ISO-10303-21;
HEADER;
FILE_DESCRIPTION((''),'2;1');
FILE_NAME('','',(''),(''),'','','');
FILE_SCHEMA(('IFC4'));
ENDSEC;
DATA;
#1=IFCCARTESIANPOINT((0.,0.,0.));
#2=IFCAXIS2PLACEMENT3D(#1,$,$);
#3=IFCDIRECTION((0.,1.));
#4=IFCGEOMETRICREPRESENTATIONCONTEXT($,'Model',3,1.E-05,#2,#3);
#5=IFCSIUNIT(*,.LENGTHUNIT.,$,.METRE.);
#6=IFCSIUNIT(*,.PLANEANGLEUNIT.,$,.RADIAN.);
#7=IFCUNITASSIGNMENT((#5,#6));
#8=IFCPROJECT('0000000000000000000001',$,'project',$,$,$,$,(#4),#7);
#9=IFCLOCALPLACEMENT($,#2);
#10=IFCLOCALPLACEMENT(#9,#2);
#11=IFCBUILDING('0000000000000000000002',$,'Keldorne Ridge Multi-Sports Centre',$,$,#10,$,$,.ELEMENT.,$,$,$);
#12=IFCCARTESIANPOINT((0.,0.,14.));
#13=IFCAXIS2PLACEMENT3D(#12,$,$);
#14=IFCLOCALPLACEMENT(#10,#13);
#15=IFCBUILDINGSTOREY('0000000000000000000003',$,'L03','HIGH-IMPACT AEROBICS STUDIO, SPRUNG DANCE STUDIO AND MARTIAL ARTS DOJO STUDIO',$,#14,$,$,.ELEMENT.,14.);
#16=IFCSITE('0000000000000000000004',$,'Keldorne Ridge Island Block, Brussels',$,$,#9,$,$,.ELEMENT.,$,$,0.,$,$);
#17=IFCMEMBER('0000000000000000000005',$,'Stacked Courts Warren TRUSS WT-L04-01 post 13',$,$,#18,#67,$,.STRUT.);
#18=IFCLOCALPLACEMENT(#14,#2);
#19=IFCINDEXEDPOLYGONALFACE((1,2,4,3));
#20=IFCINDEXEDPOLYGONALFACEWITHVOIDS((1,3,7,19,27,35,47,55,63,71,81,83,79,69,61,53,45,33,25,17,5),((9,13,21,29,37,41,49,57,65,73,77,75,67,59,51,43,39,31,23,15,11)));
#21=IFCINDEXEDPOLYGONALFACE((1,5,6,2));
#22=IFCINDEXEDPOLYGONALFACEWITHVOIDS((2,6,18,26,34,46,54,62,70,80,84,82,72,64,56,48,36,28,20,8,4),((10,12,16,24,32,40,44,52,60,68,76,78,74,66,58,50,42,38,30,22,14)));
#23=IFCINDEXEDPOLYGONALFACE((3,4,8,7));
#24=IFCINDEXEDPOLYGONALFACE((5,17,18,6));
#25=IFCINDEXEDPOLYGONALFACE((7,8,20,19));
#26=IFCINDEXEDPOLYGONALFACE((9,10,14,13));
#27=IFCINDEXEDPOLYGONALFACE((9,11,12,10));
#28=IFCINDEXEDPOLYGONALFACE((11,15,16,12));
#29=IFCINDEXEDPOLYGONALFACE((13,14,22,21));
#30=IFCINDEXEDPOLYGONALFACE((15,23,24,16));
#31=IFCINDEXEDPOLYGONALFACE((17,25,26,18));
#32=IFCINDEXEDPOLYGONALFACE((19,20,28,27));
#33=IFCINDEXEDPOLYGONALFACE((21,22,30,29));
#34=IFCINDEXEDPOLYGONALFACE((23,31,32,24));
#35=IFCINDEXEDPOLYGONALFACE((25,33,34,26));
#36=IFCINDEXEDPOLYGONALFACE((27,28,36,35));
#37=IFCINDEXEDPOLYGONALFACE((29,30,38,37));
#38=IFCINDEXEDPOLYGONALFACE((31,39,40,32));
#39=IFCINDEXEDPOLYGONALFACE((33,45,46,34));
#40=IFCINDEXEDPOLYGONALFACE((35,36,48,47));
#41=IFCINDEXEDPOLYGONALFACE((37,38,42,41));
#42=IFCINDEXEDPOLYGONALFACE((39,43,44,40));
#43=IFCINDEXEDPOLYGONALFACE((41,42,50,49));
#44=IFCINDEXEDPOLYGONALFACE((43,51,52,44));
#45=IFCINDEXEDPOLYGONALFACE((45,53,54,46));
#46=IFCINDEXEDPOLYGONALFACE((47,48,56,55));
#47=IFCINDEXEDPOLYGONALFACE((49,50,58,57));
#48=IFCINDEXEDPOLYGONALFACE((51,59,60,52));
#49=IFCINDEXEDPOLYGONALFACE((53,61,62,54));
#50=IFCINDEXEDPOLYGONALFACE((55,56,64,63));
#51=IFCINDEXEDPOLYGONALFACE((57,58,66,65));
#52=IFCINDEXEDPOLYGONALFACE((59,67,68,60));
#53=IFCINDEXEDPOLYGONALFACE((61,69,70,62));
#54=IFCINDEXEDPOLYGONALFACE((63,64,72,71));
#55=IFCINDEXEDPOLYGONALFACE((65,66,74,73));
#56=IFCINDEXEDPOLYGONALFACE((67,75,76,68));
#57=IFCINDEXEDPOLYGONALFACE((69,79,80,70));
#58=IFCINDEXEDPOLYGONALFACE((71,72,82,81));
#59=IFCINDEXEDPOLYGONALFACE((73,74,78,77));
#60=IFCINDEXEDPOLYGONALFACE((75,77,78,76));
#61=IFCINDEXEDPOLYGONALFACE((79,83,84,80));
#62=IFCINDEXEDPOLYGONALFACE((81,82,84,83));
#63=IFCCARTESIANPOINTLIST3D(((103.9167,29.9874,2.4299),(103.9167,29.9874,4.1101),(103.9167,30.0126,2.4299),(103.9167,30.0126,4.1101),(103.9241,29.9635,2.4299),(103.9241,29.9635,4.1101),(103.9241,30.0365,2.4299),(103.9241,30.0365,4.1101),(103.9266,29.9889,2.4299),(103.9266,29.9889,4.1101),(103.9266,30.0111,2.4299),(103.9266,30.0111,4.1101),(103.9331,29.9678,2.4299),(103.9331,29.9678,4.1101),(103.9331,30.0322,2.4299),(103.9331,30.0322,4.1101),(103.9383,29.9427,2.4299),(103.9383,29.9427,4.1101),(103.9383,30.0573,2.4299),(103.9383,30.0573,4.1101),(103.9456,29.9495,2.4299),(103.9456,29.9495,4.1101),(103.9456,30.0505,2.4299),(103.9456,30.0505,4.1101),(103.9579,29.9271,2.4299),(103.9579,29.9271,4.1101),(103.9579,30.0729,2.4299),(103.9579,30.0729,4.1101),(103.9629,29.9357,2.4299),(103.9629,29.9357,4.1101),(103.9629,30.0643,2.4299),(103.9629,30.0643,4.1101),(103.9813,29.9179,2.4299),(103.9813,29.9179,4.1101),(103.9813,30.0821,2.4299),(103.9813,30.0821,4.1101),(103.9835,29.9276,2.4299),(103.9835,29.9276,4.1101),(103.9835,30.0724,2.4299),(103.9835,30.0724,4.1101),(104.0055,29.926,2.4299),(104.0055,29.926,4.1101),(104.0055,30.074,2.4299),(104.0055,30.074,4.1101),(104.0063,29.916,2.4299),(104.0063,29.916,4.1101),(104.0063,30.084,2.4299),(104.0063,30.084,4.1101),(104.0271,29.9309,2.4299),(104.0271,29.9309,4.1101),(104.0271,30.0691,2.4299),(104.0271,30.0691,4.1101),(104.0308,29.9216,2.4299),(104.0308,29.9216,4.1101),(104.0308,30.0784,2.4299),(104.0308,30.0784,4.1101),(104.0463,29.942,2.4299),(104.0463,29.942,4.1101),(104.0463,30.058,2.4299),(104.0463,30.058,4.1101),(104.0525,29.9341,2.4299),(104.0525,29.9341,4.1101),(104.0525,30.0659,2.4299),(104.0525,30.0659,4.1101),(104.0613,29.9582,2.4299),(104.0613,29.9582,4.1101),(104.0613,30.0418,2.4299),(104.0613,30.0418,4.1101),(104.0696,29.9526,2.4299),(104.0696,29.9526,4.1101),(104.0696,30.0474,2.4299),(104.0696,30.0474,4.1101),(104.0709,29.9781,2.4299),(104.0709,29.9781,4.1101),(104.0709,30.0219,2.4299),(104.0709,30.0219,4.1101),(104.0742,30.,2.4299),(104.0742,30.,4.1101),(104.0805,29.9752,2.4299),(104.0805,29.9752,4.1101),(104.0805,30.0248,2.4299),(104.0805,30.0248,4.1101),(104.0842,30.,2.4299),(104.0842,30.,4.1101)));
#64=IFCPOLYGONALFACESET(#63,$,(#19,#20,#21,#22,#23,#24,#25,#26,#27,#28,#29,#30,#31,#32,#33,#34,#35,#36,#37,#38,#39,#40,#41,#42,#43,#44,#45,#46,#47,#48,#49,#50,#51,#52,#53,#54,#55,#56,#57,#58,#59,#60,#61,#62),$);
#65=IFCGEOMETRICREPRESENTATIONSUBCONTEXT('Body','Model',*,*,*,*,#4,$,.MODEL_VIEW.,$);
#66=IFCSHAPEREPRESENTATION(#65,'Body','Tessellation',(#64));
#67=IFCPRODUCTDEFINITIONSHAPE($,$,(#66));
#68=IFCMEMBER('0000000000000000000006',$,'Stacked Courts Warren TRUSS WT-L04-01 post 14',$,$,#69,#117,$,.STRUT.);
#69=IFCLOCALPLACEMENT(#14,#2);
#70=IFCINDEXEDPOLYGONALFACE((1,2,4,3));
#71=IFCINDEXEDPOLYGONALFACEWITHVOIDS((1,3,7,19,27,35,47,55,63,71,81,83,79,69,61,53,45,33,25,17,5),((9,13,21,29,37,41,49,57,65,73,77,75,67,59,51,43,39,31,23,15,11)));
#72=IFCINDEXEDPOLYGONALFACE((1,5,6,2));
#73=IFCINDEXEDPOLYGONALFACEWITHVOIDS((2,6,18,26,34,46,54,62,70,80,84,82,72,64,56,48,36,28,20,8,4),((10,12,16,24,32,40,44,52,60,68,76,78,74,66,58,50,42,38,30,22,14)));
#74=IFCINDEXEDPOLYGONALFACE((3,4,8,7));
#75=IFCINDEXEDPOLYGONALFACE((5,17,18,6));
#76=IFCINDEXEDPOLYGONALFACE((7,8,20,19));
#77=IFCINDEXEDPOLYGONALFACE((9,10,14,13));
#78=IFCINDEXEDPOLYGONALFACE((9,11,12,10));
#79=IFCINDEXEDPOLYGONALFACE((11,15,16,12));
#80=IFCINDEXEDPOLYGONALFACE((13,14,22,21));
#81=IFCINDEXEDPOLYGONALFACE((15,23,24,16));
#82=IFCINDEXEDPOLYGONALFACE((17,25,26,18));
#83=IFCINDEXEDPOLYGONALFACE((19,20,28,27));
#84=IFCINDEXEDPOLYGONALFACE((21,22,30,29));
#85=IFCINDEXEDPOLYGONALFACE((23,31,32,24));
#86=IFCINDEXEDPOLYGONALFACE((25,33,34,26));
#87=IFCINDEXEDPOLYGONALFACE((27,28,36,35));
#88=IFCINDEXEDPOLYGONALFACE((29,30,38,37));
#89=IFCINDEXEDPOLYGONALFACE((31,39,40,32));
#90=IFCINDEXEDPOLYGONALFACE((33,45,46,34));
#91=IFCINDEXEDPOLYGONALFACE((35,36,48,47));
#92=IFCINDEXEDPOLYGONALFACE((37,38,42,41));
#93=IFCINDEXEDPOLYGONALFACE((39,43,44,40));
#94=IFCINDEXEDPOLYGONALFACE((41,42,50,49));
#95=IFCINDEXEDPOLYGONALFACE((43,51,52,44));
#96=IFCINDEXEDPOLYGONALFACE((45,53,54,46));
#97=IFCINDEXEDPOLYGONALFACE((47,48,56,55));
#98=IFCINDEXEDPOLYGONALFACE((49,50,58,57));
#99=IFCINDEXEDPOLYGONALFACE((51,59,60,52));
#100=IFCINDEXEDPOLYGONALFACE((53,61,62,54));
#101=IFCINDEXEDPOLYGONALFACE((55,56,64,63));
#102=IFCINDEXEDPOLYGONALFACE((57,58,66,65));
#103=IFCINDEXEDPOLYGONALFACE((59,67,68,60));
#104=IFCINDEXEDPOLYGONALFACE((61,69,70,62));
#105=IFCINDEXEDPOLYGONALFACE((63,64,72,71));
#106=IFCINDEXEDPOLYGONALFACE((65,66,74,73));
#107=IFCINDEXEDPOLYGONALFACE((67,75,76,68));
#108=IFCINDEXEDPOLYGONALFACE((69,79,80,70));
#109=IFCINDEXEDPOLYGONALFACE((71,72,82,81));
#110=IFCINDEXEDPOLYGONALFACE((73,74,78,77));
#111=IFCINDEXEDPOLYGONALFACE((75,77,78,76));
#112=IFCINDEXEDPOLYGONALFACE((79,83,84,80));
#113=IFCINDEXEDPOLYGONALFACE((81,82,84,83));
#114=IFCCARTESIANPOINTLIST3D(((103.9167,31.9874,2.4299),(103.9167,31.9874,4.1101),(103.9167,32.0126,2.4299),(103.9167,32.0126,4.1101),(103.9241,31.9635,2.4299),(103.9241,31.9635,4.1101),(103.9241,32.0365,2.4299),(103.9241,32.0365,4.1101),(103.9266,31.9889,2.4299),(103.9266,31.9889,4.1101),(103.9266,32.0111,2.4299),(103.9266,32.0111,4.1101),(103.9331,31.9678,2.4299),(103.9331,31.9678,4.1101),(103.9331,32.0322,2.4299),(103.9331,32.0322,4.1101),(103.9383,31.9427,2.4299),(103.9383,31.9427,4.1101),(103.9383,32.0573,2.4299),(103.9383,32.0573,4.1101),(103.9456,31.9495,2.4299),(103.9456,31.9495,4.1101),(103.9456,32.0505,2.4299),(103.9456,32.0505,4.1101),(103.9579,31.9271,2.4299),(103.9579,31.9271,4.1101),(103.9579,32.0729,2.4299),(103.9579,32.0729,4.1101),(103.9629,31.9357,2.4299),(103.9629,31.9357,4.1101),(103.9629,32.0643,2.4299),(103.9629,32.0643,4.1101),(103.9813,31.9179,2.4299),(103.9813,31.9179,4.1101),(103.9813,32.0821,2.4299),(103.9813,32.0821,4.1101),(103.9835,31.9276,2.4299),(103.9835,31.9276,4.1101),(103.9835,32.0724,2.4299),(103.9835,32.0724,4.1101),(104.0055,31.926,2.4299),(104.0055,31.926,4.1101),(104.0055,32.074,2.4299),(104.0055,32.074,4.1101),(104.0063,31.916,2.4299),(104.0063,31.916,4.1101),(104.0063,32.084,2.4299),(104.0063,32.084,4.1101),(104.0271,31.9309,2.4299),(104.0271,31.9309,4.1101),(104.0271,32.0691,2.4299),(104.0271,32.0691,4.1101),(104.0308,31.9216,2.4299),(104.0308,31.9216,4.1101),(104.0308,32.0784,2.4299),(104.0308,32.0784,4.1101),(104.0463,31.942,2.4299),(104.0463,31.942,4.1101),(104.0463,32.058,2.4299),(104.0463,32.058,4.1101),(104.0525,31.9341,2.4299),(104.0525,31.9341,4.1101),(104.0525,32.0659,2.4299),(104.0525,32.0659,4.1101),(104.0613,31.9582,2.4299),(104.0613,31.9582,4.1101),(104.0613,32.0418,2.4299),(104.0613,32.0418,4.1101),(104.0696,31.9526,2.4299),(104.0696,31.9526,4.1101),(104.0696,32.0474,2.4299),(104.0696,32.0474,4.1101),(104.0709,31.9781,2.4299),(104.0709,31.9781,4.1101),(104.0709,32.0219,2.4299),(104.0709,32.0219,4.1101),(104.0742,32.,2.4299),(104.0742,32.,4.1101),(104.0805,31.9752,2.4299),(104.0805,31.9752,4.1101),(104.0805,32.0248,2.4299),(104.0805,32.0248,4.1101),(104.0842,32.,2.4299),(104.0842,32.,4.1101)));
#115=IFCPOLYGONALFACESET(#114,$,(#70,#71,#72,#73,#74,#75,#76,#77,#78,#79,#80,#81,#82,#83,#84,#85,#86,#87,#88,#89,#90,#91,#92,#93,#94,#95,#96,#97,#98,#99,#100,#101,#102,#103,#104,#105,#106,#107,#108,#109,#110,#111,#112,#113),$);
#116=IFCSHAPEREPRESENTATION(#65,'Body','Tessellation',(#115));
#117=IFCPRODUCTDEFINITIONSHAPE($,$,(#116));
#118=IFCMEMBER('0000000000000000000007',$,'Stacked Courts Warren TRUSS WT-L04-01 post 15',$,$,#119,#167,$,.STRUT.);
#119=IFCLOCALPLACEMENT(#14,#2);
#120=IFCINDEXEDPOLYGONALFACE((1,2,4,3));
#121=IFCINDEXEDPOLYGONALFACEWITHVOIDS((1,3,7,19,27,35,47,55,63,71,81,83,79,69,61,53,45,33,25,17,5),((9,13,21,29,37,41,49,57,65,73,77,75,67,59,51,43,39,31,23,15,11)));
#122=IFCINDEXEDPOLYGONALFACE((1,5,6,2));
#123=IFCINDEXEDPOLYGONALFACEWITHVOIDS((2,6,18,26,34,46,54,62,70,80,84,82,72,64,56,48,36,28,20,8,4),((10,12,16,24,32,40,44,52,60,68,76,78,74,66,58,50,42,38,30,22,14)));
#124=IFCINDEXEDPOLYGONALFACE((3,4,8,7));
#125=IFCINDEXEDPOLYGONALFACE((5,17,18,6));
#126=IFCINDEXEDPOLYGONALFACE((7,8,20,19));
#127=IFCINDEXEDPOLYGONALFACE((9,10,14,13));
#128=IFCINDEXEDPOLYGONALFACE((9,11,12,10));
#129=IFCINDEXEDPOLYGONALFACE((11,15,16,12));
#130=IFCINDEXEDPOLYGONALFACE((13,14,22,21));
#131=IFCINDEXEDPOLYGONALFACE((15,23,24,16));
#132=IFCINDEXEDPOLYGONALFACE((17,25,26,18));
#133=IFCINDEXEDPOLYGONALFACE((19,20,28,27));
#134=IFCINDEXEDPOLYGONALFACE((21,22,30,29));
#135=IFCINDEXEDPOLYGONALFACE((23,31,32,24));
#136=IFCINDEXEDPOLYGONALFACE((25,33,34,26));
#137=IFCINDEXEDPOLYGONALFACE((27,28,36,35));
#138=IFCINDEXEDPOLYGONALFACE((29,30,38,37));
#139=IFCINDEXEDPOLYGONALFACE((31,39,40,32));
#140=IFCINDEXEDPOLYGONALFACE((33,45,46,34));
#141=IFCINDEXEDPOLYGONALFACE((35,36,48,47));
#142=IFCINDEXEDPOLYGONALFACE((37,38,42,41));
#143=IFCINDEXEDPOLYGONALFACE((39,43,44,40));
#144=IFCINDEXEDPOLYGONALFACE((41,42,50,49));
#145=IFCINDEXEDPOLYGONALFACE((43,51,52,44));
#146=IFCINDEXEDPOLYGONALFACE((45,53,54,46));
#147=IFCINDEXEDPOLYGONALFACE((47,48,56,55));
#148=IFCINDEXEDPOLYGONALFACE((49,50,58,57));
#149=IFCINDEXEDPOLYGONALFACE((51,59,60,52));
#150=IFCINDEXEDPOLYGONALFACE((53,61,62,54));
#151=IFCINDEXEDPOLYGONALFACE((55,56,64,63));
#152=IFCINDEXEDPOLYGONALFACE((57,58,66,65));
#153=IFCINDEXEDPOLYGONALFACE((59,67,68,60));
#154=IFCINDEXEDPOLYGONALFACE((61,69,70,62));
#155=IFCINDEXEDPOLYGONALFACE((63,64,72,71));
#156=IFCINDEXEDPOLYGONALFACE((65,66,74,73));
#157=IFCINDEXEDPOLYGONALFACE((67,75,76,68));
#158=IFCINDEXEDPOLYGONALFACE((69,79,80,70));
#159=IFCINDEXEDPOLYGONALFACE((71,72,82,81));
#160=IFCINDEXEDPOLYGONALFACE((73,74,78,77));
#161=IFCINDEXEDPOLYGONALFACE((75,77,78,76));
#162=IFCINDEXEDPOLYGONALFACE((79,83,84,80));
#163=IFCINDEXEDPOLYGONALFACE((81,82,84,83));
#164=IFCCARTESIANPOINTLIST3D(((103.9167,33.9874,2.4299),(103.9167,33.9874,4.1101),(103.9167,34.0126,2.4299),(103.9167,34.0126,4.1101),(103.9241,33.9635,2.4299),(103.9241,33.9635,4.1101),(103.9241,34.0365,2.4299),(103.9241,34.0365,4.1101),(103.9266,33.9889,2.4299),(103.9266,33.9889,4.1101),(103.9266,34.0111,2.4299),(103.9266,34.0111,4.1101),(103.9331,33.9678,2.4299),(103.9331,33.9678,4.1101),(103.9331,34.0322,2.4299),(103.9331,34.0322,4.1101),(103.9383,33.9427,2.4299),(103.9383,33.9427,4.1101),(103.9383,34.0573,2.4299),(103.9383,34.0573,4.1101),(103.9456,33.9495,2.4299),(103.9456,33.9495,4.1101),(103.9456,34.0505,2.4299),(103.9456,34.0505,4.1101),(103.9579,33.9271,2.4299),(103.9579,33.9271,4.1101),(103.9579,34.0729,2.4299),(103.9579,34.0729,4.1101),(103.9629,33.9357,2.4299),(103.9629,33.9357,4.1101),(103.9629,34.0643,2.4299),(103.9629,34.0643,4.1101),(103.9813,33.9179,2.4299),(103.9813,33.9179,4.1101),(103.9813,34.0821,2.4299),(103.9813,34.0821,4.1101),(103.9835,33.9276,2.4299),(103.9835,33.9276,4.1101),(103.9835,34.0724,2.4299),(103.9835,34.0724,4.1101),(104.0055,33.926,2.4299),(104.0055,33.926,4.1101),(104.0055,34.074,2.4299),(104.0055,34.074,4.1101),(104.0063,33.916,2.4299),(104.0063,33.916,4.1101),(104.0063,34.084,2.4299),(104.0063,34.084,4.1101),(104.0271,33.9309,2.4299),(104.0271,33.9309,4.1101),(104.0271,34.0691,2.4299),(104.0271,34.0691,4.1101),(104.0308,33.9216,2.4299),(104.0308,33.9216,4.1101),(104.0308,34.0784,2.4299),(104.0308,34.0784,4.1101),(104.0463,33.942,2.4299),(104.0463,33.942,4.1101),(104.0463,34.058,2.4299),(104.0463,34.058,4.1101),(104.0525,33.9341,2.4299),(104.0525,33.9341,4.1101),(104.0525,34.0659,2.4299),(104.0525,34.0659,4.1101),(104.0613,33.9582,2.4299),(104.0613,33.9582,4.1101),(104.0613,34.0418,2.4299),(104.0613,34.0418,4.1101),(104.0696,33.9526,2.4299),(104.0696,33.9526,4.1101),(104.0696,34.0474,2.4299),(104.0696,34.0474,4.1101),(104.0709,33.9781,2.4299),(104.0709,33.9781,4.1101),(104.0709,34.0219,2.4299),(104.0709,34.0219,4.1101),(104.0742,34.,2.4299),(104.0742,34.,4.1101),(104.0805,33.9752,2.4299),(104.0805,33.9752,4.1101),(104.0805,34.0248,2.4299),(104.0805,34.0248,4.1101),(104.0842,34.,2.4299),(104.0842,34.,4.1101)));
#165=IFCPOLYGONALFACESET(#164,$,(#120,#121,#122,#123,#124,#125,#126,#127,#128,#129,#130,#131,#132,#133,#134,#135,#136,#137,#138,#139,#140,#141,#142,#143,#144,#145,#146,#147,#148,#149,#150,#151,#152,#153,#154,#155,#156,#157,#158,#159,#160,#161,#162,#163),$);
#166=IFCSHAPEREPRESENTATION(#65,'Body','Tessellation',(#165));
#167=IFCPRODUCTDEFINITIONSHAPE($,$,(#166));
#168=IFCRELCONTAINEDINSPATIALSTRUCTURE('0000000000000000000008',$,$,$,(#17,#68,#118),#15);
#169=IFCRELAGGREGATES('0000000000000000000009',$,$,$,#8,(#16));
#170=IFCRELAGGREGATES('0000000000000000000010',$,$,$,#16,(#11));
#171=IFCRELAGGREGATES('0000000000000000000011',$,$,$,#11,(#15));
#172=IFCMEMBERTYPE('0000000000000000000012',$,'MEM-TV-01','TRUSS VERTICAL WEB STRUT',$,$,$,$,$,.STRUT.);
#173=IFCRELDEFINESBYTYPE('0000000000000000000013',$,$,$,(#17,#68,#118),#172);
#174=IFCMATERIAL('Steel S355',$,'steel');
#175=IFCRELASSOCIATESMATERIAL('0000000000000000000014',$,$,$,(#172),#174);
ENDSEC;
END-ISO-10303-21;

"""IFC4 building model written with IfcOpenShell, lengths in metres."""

from ifc_helpers import new_model, si_unit, direction, frame, origin, origin_2d, place, context, subcontext, project, spatial, hollow_circle, extrude, material, material_profile, profile_set, type_object, element, save


model = new_model("IFC4")

# Units and contexts
model_context = context("Model", 3, precision=1e-05, world=origin(), true_north=direction((0.0, 1.0)))
body_context = subcontext(model_context, "Body", "Model", "MODEL_VIEW")
ifc_project = project(units=[si_unit("LENGTHUNIT", "METRE"), si_unit("PLANEANGLEUNIT", "RADIAN")], contexts=[model_context])

# Site, building, storey
site_placement = place(None, origin())
site = spatial("IfcSite", under=ifc_project, at=site_placement, Name="Keldorne Ridge Island Block, Brussels", CompositionType="ELEMENT", RefElevation=0.0)
building_placement = place(site_placement, origin())
building = spatial("IfcBuilding", under=site, at=building_placement, Name="Keldorne Ridge Multi-Sports Centre", CompositionType="ELEMENT")
storey_placement = place(building_placement, frame((0.0, 0.0, 14.0)))
storey = spatial("IfcBuildingStorey", under=building, at=storey_placement, Name="L03", Description="HIGH-IMPACT AEROBICS STUDIO, SPRUNG DANCE STUDIO AND MARTIAL ARTS DOJO STUDIO", CompositionType="ELEMENT", Elevation=14.0)

# Shared definitions
ifc_material_1 = material(Name="Steel S355", Category="steel")

# Members
ifc_material_profile_1 = material_profile(ifc_material_1, hollow_circle(Radius=0.0842, WallThickness=0.01, at=origin_2d()), Name="CHS 168.3x10")
ifc_profile_set_1 = profile_set([ifc_material_profile_1], Name="Steel S355")
member_type_1 = type_object("IfcMemberType", Name="MEM-TV-01", Description="TRUSS VERTICAL WEB STRUT", PredefinedType="STRUT", material=ifc_profile_set_1)
for number, where, z_axis, x_axis, name in (
    (1, (104.0, 30.0, 2.4299), (0.0, 0.0, 1.0), (1.0, 0.0, 0.0), "Stacked Courts Warren TRUSS WT-L04-01 post 13"),
    (2, (104.0, 32.0, 2.4299), (0.0, 0.0, 1.0), (1.0, 0.0, 0.0), "Stacked Courts Warren TRUSS WT-L04-01 post 14"),
    (3, (104.0, 34.0, 2.4299), (0.0, 0.0, 1.0), (1.0, 0.0, 0.0), "Stacked Courts Warren TRUSS WT-L04-01 post 15"),
):
    element("IfcMember", number, at=place(storey_placement, frame(where, z_axis=z_axis, x_axis=x_axis)), inside=storey, type_object=member_type_1, Name=name, PredefinedType="STRUT", context=body_context, shape_type="SweptSolid", body=[
        extrude(hollow_circle(Radius=0.0842, WallThickness=0.01, at=origin_2d()), origin(), (0.0, 0.0, 1.0), 1.6802),
    ])

save(model, "model.ifc")
